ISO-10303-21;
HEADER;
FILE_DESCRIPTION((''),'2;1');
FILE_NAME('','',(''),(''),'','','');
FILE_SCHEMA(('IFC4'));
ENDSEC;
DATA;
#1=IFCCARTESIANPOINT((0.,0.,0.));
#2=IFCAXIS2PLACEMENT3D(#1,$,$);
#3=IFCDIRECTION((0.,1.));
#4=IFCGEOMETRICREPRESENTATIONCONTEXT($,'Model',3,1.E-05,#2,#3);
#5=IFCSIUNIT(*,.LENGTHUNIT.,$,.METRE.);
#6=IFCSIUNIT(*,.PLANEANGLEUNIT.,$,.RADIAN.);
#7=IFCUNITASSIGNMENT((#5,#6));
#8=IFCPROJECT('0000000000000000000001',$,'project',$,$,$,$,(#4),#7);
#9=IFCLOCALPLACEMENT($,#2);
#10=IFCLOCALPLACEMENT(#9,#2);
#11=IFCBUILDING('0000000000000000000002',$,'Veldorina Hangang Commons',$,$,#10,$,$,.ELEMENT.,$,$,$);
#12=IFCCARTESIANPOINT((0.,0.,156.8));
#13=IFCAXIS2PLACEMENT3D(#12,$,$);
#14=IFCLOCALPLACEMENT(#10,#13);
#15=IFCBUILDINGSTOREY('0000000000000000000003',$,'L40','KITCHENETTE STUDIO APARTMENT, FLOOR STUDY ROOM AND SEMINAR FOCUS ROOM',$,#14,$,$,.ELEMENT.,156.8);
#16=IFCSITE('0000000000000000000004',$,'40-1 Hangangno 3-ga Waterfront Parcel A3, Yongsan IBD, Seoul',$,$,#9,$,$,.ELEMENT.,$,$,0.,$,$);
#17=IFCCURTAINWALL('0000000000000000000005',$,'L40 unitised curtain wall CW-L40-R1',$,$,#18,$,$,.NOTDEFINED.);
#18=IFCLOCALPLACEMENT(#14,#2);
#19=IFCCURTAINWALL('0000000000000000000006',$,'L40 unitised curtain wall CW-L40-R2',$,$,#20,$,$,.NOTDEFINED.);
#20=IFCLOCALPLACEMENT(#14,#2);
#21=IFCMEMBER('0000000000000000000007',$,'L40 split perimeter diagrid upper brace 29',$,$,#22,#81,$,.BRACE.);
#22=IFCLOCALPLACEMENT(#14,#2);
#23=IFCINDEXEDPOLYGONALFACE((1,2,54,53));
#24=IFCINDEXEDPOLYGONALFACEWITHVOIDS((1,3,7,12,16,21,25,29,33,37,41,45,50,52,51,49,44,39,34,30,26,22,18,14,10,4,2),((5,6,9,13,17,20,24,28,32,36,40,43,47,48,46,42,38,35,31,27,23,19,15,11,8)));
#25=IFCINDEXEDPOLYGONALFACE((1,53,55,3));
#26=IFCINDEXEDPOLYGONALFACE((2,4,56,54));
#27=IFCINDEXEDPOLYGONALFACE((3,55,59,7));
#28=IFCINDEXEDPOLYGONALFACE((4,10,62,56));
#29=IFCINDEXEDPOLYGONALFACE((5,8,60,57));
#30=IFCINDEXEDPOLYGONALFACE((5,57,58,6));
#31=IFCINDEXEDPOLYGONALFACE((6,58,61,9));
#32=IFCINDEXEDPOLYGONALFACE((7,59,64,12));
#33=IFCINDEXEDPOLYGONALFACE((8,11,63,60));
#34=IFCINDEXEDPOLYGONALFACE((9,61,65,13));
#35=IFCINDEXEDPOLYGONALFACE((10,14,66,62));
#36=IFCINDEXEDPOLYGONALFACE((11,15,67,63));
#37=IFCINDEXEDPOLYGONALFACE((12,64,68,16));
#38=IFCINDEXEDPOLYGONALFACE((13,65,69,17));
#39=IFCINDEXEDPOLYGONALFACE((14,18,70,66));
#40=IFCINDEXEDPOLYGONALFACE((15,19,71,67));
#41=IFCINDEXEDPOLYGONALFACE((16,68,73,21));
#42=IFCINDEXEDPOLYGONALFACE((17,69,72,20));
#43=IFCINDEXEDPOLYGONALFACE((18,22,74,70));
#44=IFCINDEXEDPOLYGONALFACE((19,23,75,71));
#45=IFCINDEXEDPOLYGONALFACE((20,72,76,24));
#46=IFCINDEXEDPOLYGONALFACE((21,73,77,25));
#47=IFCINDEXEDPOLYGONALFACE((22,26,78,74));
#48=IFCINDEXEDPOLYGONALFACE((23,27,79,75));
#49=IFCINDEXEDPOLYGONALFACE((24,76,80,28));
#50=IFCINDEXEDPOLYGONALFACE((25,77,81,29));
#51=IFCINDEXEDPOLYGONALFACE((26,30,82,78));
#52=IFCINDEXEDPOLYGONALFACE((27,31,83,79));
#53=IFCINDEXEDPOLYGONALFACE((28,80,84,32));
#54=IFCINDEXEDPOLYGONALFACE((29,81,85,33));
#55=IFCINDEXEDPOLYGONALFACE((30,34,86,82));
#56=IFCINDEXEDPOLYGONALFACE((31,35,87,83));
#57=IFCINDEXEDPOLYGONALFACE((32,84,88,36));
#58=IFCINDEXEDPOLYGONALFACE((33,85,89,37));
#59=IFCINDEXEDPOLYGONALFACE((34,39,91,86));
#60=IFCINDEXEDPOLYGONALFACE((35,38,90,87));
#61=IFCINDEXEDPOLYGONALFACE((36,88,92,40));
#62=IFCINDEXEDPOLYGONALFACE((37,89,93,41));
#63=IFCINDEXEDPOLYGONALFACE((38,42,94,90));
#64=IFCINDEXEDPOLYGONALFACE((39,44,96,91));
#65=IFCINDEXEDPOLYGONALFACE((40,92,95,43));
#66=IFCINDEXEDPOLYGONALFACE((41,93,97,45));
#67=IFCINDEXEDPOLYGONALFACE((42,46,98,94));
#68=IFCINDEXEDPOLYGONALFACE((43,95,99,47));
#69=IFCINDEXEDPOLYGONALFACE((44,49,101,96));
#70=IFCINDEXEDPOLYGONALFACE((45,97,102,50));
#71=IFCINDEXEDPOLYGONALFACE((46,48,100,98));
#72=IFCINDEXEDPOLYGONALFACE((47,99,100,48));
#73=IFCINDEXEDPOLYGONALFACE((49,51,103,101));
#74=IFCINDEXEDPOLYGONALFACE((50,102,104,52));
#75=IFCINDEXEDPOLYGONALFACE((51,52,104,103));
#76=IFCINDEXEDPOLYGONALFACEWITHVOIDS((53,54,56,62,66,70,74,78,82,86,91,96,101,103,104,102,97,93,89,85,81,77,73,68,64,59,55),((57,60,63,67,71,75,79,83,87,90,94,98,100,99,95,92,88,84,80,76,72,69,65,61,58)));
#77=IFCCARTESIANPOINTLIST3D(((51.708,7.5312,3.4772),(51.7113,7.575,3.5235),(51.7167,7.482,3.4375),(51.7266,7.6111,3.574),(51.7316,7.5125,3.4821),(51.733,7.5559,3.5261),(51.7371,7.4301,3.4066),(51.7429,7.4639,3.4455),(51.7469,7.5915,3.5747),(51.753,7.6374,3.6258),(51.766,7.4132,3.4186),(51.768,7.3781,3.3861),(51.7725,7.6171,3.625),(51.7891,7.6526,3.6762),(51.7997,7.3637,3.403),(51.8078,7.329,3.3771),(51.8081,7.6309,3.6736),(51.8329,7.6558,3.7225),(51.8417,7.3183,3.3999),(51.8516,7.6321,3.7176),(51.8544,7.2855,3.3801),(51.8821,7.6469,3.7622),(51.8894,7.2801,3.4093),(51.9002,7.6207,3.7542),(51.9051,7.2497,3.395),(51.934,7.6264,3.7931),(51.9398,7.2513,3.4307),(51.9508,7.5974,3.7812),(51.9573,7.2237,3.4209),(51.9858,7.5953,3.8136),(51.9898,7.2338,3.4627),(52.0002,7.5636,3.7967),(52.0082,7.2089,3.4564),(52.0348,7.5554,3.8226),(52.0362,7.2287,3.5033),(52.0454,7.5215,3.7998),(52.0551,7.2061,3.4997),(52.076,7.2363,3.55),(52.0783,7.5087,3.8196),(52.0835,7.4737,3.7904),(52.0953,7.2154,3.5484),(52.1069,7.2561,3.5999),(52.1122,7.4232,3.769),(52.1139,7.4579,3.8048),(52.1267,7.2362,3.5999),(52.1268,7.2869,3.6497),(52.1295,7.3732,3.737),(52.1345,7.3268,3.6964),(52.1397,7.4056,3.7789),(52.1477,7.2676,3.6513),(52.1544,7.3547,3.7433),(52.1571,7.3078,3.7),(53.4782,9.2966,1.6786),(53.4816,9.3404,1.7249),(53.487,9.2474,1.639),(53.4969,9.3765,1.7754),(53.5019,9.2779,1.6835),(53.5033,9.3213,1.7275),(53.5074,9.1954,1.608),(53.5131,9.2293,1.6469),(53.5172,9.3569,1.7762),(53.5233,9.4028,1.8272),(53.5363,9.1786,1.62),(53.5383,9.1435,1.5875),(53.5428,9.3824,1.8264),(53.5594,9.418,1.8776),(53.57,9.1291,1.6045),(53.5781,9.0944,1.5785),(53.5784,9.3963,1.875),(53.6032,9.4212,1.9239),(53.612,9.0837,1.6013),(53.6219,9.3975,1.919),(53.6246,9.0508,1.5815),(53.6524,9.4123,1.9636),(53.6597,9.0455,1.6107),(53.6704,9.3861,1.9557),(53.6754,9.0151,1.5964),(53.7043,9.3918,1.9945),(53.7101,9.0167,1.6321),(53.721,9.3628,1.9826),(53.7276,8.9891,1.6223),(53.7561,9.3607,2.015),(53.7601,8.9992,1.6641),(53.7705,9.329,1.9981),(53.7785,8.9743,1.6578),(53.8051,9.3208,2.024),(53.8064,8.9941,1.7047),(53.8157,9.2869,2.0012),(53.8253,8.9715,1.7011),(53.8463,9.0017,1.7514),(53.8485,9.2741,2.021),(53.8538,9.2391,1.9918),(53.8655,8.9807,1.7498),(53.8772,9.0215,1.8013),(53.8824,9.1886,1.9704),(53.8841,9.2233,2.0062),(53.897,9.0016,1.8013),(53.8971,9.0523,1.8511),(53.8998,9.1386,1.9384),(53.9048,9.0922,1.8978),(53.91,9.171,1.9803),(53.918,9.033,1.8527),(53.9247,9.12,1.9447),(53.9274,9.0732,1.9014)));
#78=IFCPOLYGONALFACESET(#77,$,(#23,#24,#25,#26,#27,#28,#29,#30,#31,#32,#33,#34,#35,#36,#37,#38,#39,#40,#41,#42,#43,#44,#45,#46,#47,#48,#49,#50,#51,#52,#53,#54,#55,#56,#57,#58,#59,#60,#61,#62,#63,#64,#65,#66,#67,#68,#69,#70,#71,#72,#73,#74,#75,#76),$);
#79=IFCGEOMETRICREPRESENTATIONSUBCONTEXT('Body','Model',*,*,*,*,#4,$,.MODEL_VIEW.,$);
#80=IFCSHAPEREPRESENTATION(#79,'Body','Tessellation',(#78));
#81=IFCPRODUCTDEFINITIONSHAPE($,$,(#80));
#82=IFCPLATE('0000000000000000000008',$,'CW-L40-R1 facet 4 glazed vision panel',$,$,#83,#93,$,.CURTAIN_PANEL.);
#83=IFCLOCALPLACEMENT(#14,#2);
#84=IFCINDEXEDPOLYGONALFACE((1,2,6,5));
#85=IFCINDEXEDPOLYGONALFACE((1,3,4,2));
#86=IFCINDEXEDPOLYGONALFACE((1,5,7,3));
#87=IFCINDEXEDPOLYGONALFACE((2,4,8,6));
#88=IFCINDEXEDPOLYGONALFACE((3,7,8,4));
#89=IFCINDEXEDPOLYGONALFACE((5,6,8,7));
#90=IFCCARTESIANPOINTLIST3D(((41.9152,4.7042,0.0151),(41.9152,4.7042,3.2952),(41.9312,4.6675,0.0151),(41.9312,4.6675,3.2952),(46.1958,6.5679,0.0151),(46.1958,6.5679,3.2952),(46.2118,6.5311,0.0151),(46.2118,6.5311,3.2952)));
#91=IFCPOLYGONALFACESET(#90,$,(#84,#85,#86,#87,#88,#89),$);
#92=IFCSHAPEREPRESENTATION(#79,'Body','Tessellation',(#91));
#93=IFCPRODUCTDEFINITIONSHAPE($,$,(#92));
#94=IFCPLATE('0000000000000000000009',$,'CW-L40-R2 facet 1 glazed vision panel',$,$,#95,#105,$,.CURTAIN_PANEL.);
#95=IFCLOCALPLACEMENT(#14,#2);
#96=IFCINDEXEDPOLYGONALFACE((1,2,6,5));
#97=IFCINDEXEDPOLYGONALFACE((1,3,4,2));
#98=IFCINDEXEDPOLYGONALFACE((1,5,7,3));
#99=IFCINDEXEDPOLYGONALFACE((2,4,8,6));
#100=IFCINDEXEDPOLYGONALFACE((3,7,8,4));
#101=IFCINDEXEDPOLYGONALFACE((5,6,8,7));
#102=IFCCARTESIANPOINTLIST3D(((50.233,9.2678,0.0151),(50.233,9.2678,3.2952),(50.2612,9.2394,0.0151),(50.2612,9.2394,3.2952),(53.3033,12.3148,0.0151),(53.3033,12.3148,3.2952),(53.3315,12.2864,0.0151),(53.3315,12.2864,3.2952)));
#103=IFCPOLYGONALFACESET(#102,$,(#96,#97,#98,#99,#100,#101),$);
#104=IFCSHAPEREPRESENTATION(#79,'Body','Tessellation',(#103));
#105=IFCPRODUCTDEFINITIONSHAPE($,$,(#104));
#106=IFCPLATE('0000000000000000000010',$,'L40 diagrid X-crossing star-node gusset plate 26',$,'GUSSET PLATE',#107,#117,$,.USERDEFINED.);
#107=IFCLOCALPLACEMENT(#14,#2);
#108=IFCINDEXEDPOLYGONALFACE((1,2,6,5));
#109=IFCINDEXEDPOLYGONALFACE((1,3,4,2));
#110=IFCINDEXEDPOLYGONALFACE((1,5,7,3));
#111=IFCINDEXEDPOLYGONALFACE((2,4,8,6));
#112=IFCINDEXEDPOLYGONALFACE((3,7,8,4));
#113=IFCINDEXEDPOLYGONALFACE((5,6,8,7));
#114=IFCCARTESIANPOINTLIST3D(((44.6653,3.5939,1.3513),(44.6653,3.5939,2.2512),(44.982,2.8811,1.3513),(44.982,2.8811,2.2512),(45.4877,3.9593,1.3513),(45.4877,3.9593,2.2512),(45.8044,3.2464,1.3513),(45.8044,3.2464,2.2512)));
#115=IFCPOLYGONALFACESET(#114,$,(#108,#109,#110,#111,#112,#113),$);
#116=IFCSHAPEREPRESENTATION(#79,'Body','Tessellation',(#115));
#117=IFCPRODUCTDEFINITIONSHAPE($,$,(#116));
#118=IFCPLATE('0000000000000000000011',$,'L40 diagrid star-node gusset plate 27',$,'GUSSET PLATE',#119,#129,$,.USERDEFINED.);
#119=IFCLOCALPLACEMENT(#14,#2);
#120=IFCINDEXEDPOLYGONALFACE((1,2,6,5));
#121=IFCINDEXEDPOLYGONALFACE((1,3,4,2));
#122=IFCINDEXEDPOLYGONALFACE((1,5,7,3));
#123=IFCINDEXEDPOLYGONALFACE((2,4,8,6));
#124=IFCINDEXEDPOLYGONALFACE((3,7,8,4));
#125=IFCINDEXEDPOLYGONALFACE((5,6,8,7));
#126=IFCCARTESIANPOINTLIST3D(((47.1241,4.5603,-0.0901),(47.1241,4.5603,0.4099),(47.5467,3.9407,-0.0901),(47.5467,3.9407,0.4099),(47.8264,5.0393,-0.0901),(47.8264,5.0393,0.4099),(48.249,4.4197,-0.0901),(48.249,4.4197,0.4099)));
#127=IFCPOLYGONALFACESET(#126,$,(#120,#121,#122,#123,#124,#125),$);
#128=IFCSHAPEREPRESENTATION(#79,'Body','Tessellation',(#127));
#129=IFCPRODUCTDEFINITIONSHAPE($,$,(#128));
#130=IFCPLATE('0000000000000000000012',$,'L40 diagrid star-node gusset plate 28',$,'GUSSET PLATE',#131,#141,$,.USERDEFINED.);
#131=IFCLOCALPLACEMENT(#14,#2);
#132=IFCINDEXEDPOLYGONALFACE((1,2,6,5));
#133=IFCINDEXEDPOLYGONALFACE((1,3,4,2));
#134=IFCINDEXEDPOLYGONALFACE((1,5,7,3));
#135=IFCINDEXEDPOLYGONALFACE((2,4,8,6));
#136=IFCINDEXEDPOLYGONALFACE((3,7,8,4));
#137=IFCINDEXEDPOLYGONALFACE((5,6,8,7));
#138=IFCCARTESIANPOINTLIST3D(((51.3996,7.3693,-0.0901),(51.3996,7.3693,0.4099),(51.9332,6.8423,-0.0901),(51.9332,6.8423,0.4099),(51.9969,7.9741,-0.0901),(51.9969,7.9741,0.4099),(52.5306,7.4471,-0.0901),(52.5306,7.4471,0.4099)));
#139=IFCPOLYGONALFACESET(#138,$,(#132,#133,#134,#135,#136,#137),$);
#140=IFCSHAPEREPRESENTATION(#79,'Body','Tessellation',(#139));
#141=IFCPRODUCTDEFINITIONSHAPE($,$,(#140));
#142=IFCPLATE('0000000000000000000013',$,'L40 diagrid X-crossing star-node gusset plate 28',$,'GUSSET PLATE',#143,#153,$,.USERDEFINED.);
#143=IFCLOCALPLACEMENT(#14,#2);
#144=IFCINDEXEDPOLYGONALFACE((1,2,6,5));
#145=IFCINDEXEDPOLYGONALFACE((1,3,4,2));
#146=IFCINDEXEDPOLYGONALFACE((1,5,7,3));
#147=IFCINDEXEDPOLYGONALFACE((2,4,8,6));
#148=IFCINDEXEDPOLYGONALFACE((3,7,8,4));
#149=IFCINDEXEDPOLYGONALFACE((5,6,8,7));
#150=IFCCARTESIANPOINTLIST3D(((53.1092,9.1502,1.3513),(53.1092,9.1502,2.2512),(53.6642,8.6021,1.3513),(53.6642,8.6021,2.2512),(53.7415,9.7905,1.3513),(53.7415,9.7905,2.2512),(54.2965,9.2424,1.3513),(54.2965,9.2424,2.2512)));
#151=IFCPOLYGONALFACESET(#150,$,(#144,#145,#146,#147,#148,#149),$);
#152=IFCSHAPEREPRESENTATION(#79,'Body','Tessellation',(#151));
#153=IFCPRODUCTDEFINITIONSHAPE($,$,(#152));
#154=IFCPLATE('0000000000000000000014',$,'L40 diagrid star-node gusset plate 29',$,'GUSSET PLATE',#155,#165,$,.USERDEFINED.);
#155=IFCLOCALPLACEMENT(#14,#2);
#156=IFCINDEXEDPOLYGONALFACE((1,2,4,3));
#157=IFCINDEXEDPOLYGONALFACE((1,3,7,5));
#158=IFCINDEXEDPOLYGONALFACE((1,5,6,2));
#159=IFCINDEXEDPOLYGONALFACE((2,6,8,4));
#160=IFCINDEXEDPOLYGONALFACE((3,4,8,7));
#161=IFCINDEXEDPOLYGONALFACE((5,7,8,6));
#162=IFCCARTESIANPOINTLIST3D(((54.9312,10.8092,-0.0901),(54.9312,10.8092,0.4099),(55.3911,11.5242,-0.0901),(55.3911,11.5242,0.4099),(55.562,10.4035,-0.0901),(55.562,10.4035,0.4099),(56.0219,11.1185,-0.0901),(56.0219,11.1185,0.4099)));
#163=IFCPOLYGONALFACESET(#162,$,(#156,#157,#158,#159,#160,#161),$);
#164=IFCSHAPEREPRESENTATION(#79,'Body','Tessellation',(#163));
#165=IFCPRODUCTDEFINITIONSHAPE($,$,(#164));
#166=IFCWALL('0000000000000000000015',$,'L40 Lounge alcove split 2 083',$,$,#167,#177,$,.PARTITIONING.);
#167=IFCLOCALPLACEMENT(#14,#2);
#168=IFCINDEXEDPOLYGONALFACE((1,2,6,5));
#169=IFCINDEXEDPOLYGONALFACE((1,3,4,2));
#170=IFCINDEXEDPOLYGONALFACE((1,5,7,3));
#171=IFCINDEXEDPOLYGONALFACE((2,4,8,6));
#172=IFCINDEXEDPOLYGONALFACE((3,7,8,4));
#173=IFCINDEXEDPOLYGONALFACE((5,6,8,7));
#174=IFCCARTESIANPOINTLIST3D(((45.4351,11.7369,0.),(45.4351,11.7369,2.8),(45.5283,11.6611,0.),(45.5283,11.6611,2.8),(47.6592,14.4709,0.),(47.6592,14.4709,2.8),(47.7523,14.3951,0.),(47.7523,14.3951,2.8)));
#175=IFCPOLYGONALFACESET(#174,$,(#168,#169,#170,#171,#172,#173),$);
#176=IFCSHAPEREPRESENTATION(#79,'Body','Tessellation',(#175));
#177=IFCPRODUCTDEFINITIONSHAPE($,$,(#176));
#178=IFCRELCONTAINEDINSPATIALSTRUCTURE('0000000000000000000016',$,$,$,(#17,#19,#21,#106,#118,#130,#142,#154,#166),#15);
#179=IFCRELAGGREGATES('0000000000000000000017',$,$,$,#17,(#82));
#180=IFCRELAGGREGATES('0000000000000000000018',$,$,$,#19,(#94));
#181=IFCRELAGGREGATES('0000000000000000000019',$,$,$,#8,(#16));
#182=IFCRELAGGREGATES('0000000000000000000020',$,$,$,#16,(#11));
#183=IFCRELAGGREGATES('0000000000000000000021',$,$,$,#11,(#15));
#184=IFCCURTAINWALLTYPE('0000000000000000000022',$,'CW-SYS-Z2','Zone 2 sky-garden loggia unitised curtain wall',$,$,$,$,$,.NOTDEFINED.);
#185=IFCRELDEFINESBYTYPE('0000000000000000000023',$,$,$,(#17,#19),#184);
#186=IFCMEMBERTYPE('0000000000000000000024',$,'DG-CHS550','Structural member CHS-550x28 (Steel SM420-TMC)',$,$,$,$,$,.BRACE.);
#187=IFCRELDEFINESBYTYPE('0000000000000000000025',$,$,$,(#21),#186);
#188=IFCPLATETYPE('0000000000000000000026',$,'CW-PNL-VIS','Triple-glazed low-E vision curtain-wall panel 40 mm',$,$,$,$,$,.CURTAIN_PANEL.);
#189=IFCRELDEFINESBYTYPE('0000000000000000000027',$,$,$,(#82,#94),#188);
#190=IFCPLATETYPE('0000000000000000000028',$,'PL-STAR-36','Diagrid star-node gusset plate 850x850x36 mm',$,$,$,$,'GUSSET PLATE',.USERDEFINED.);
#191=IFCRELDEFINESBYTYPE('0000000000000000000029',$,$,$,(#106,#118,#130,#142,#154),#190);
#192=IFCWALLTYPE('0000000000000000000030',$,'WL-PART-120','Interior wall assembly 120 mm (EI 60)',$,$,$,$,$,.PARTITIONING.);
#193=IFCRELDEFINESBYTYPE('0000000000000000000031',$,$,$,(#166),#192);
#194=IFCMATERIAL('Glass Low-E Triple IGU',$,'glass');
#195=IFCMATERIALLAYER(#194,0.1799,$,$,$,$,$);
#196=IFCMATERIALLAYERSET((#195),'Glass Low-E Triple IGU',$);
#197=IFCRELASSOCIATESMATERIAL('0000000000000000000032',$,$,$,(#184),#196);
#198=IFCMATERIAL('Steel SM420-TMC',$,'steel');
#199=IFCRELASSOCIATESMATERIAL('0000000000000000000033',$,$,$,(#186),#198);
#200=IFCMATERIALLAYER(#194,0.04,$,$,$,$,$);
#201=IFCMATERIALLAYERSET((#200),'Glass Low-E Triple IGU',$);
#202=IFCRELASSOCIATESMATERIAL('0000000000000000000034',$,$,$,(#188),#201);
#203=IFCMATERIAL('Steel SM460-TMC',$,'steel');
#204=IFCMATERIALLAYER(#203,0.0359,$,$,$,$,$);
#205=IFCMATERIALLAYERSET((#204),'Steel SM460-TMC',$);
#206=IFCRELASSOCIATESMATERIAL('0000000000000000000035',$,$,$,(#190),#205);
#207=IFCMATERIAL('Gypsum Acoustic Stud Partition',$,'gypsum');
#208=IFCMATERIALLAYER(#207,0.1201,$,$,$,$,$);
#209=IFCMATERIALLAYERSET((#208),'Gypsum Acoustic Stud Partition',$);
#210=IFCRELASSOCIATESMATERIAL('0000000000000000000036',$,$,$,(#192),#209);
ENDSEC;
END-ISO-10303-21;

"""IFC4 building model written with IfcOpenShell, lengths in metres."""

from ifc_helpers import new_model, si_unit, direction, frame, frame_2d, origin, origin_2d, place, context, subcontext, project, spatial, rectangle, hollow_circle, extrude, material, layer, layer_set, material_profile, profile_set, type_object, element, aggregate, save


model = new_model("IFC4")

# Units and contexts
model_context = context("Model", 3, precision=1e-05, world=origin(), true_north=direction((0.0, 1.0)))
body_context = subcontext(model_context, "Body", "Model", "MODEL_VIEW")
ifc_project = project(units=[si_unit("LENGTHUNIT", "METRE"), si_unit("PLANEANGLEUNIT", "RADIAN")], contexts=[model_context])

# Site, building, storey
site_placement = place(None, origin())
site = spatial("IfcSite", under=ifc_project, at=site_placement, Name="40-1 Hangangno 3-ga Waterfront Parcel A3, Yongsan IBD, Seoul", CompositionType="ELEMENT", RefElevation=0.0)
building_placement = place(site_placement, origin())
building = spatial("IfcBuilding", under=site, at=building_placement, Name="Veldorina Hangang Commons", CompositionType="ELEMENT")
storey_placement = place(building_placement, frame((0.0, 0.0, 156.8)))
storey = spatial("IfcBuildingStorey", under=building, at=storey_placement, Name="L40", Description="KITCHENETTE STUDIO APARTMENT, FLOOR STUDY ROOM AND SEMINAR FOCUS ROOM", CompositionType="ELEMENT", Elevation=156.8)

# Shared definitions
ifc_material_1 = material(Name="Steel SM420-TMC", Category="steel")

# Curtain wall
ifc_material_2 = material(Name="Glass Low-E Triple IGU", Category="glass")
ifc_layer_1 = layer(ifc_material_2, 0.1799)
ifc_layer_set_1 = layer_set([ifc_layer_1], Name="Glass Low-E Triple IGU")
curtain_wall_type = type_object("IfcCurtainWallType", Name="CW-SYS-Z2", Description="Zone 2 sky-garden loggia unitised curtain wall", PredefinedType="NOTDEFINED", material=ifc_layer_set_1)
curtain_wall_1_placement = place(storey_placement, origin())
curtain_wall_1 = element("IfcCurtainWall", 1, at=curtain_wall_1_placement, inside=storey, type_object=curtain_wall_type, Name="L40 unitised curtain wall CW-L40-R1", PredefinedType="NOTDEFINED")

# Curtain wall
curtain_wall_2_placement = place(storey_placement, origin())
curtain_wall_2 = element("IfcCurtainWall", 2, at=curtain_wall_2_placement, inside=storey, type_object=curtain_wall_type, Name="L40 unitised curtain wall CW-L40-R2", PredefinedType="NOTDEFINED")

# Member
ifc_material_profile_1 = material_profile(ifc_material_1, hollow_circle(Radius=0.2749, WallThickness=0.0281, at=origin_2d()), Name="CHS-550x28")
ifc_profile_set_1 = profile_set([ifc_material_profile_1], Name="Steel SM420-TMC")
member_type_1 = type_object("IfcMemberType", Name="DG-CHS550", Description="Structural member CHS-550x28 (Steel SM420-TMC)", PredefinedType="BRACE", material=ifc_profile_set_1)
member_1_placement = place(storey_placement, frame((53.7029, 9.1963, 1.8013), z_axis=(-0.574794, -0.573209, 0.583989), x_axis=(0.70613, -0.708083, 0.0)))
element("IfcMember", 3, at=member_1_placement, inside=storey, type_object=member_type_1, Name="L40 split perimeter diagrid upper brace 29", PredefinedType="BRACE", context=body_context, shape_type="SweptSolid", body=[
    extrude(hollow_circle(Radius=0.2749, WallThickness=0.0281, at=origin_2d()), origin(), (0.0, 0.0, 1.0), 3.0798),
])

# Plates
ifc_layer_2 = layer(ifc_material_2, 0.04)
ifc_layer_set_2 = layer_set([ifc_layer_2], Name="Glass Low-E Triple IGU")
plate_type_1 = type_object("IfcPlateType", Name="CW-PNL-VIS", Description="Triple-glazed low-E vision curtain-wall panel 40 mm", PredefinedType="CURTAIN_PANEL", material=ifc_layer_set_2)
plate_1_placement = place(storey_placement, frame((44.0635, 5.6177, 0.0151), z_axis=(0.0, 0.0, 1.0), x_axis=(0.916872, 0.399181, 0.0)))
plate_1 = element("IfcPlate", 4, at=plate_1_placement, type_object=plate_type_1, Name="CW-L40-R1 facet 4 glazed vision panel", PredefinedType="CURTAIN_PANEL", context=body_context, shape_type="SweptSolid", body=[
    extrude(rectangle(XDim=4.6687, YDim=0.04, at=origin_2d()), origin(), (0.0, 0.0, 1.0), 3.28),
])
aggregate(curtain_wall_1, [plate_1])
plate_2_placement = place(storey_placement, frame((51.7822, 10.7771, 0.0151), z_axis=(0.0, 0.0, 1.0), x_axis=(0.709792, 0.704411, 0.0)))
plate_2 = element("IfcPlate", 5, at=plate_2_placement, type_object=plate_type_1, Name="CW-L40-R2 facet 1 glazed vision panel", PredefinedType="CURTAIN_PANEL", context=body_context, shape_type="SweptSolid", body=[
    extrude(rectangle(XDim=4.3257, YDim=0.04, at=origin_2d()), origin(), (0.0, 0.0, 1.0), 3.28),
])
aggregate(curtain_wall_2, [plate_2])

# Plates
ifc_material_3 = material(Name="Steel SM460-TMC", Category="steel")
ifc_layer_3 = layer(ifc_material_3, 0.0359)
ifc_layer_set_3 = layer_set([ifc_layer_3], Name="Steel SM460-TMC")
plate_type_2 = type_object("IfcPlateType", Name="PL-STAR-36", Description="Diagrid star-node gusset plate 850x850x36 mm", ElementType="GUSSET PLATE", PredefinedType="USERDEFINED", material=ifc_layer_set_3)
plate_3_placement = place(storey_placement, frame((45.2349, 3.4202, 1.3513), z_axis=(0.0, 0.0, 1.0), x_axis=(0.913893, 0.405955, 0.0)))
element("IfcPlate", 6, at=plate_3_placement, inside=storey, type_object=plate_type_2, Name="L40 diagrid X-crossing star-node gusset plate 26", ObjectType="GUSSET PLATE", PredefinedType="USERDEFINED", context=body_context, shape_type="SweptSolid", body=[
    extrude(rectangle(XDim=0.8999, YDim=0.78, at=origin_2d()), origin(), (0.0, 0.0, 1.0), 0.8999),
])
for number, where, z_axis, x_axis, name in (
    (7, (47.6865, 4.49, -0.0901), (0.0, 0.0, 1.0), (0.826147, 0.563454, 0.0), "L40 diagrid star-node gusset plate 27"),
    (8, (51.9651, 7.4082, -0.0901), (0.0, 0.0, 1.0), (0.702662, 0.711523, 0.0), "L40 diagrid star-node gusset plate 28"),
):
    element("IfcPlate", number, at=place(storey_placement, frame(where, z_axis=z_axis, x_axis=x_axis)), inside=storey, type_object=plate_type_2, Name=name, ObjectType="GUSSET PLATE", PredefinedType="USERDEFINED", context=body_context, shape_type="SweptSolid", body=[
        extrude(rectangle(XDim=0.8501, YDim=0.75, at=origin_2d()), origin(), (0.0, 0.0, 1.0), 0.5),
    ])
plate_4_placement = place(storey_placement, frame((53.7029, 9.1963, 1.3513), z_axis=(0.0, 0.0, 1.0), x_axis=(0.702662, 0.711523, 0.0)))
element("IfcPlate", 9, at=plate_4_placement, inside=storey, type_object=plate_type_2, Name="L40 diagrid X-crossing star-node gusset plate 28", ObjectType="GUSSET PLATE", PredefinedType="USERDEFINED", context=body_context, shape_type="SweptSolid", body=[
    extrude(rectangle(XDim=0.8999, YDim=0.78, at=origin_2d()), origin(), (0.0, 0.0, 1.0), 0.8999),
])
plate_5_placement = place(storey_placement, frame((55.4766, 10.9639, -0.0901), z_axis=(0.0, 0.0, 1.0), x_axis=(0.54093, 0.841067, 0.0)))
element("IfcPlate", 10, at=plate_5_placement, inside=storey, type_object=plate_type_2, Name="L40 diagrid star-node gusset plate 29", ObjectType="GUSSET PLATE", PredefinedType="USERDEFINED", context=body_context, shape_type="SweptSolid", body=[
    extrude(rectangle(XDim=0.8501, YDim=0.75, at=origin_2d()), origin(), (0.0, 0.0, 1.0), 0.5),
])

# Wall
ifc_material_4 = material(Name="Gypsum Acoustic Stud Partition", Category="gypsum")
ifc_layer_4 = layer(ifc_material_4, 0.1201)
ifc_layer_set_4 = layer_set([ifc_layer_4], Name="Gypsum Acoustic Stud Partition")
wall_type_1 = type_object("IfcWallType", Name="WL-PART-120", Description="Interior wall assembly 120 mm (EI 60)", PredefinedType="PARTITIONING", material=ifc_layer_set_4)
wall_1_placement = place(storey_placement, frame((45.4817, 11.699, 0.0), z_axis=(0.0, 0.0, 1.0), x_axis=(0.631044, 0.775747, 0.0)))
element("IfcWall", 11, at=wall_1_placement, inside=storey, type_object=wall_type_1, Name="L40 Lounge alcove split 2 083", PredefinedType="PARTITIONING", context=body_context, shape_type="SweptSolid", body=[
    extrude(rectangle(XDim=3.5244, YDim=0.1201, at=frame_2d((1.7622, 0.0))), origin(), (0.0, 0.0, 1.0), 2.8),
])

save(model, "model.ifc")
